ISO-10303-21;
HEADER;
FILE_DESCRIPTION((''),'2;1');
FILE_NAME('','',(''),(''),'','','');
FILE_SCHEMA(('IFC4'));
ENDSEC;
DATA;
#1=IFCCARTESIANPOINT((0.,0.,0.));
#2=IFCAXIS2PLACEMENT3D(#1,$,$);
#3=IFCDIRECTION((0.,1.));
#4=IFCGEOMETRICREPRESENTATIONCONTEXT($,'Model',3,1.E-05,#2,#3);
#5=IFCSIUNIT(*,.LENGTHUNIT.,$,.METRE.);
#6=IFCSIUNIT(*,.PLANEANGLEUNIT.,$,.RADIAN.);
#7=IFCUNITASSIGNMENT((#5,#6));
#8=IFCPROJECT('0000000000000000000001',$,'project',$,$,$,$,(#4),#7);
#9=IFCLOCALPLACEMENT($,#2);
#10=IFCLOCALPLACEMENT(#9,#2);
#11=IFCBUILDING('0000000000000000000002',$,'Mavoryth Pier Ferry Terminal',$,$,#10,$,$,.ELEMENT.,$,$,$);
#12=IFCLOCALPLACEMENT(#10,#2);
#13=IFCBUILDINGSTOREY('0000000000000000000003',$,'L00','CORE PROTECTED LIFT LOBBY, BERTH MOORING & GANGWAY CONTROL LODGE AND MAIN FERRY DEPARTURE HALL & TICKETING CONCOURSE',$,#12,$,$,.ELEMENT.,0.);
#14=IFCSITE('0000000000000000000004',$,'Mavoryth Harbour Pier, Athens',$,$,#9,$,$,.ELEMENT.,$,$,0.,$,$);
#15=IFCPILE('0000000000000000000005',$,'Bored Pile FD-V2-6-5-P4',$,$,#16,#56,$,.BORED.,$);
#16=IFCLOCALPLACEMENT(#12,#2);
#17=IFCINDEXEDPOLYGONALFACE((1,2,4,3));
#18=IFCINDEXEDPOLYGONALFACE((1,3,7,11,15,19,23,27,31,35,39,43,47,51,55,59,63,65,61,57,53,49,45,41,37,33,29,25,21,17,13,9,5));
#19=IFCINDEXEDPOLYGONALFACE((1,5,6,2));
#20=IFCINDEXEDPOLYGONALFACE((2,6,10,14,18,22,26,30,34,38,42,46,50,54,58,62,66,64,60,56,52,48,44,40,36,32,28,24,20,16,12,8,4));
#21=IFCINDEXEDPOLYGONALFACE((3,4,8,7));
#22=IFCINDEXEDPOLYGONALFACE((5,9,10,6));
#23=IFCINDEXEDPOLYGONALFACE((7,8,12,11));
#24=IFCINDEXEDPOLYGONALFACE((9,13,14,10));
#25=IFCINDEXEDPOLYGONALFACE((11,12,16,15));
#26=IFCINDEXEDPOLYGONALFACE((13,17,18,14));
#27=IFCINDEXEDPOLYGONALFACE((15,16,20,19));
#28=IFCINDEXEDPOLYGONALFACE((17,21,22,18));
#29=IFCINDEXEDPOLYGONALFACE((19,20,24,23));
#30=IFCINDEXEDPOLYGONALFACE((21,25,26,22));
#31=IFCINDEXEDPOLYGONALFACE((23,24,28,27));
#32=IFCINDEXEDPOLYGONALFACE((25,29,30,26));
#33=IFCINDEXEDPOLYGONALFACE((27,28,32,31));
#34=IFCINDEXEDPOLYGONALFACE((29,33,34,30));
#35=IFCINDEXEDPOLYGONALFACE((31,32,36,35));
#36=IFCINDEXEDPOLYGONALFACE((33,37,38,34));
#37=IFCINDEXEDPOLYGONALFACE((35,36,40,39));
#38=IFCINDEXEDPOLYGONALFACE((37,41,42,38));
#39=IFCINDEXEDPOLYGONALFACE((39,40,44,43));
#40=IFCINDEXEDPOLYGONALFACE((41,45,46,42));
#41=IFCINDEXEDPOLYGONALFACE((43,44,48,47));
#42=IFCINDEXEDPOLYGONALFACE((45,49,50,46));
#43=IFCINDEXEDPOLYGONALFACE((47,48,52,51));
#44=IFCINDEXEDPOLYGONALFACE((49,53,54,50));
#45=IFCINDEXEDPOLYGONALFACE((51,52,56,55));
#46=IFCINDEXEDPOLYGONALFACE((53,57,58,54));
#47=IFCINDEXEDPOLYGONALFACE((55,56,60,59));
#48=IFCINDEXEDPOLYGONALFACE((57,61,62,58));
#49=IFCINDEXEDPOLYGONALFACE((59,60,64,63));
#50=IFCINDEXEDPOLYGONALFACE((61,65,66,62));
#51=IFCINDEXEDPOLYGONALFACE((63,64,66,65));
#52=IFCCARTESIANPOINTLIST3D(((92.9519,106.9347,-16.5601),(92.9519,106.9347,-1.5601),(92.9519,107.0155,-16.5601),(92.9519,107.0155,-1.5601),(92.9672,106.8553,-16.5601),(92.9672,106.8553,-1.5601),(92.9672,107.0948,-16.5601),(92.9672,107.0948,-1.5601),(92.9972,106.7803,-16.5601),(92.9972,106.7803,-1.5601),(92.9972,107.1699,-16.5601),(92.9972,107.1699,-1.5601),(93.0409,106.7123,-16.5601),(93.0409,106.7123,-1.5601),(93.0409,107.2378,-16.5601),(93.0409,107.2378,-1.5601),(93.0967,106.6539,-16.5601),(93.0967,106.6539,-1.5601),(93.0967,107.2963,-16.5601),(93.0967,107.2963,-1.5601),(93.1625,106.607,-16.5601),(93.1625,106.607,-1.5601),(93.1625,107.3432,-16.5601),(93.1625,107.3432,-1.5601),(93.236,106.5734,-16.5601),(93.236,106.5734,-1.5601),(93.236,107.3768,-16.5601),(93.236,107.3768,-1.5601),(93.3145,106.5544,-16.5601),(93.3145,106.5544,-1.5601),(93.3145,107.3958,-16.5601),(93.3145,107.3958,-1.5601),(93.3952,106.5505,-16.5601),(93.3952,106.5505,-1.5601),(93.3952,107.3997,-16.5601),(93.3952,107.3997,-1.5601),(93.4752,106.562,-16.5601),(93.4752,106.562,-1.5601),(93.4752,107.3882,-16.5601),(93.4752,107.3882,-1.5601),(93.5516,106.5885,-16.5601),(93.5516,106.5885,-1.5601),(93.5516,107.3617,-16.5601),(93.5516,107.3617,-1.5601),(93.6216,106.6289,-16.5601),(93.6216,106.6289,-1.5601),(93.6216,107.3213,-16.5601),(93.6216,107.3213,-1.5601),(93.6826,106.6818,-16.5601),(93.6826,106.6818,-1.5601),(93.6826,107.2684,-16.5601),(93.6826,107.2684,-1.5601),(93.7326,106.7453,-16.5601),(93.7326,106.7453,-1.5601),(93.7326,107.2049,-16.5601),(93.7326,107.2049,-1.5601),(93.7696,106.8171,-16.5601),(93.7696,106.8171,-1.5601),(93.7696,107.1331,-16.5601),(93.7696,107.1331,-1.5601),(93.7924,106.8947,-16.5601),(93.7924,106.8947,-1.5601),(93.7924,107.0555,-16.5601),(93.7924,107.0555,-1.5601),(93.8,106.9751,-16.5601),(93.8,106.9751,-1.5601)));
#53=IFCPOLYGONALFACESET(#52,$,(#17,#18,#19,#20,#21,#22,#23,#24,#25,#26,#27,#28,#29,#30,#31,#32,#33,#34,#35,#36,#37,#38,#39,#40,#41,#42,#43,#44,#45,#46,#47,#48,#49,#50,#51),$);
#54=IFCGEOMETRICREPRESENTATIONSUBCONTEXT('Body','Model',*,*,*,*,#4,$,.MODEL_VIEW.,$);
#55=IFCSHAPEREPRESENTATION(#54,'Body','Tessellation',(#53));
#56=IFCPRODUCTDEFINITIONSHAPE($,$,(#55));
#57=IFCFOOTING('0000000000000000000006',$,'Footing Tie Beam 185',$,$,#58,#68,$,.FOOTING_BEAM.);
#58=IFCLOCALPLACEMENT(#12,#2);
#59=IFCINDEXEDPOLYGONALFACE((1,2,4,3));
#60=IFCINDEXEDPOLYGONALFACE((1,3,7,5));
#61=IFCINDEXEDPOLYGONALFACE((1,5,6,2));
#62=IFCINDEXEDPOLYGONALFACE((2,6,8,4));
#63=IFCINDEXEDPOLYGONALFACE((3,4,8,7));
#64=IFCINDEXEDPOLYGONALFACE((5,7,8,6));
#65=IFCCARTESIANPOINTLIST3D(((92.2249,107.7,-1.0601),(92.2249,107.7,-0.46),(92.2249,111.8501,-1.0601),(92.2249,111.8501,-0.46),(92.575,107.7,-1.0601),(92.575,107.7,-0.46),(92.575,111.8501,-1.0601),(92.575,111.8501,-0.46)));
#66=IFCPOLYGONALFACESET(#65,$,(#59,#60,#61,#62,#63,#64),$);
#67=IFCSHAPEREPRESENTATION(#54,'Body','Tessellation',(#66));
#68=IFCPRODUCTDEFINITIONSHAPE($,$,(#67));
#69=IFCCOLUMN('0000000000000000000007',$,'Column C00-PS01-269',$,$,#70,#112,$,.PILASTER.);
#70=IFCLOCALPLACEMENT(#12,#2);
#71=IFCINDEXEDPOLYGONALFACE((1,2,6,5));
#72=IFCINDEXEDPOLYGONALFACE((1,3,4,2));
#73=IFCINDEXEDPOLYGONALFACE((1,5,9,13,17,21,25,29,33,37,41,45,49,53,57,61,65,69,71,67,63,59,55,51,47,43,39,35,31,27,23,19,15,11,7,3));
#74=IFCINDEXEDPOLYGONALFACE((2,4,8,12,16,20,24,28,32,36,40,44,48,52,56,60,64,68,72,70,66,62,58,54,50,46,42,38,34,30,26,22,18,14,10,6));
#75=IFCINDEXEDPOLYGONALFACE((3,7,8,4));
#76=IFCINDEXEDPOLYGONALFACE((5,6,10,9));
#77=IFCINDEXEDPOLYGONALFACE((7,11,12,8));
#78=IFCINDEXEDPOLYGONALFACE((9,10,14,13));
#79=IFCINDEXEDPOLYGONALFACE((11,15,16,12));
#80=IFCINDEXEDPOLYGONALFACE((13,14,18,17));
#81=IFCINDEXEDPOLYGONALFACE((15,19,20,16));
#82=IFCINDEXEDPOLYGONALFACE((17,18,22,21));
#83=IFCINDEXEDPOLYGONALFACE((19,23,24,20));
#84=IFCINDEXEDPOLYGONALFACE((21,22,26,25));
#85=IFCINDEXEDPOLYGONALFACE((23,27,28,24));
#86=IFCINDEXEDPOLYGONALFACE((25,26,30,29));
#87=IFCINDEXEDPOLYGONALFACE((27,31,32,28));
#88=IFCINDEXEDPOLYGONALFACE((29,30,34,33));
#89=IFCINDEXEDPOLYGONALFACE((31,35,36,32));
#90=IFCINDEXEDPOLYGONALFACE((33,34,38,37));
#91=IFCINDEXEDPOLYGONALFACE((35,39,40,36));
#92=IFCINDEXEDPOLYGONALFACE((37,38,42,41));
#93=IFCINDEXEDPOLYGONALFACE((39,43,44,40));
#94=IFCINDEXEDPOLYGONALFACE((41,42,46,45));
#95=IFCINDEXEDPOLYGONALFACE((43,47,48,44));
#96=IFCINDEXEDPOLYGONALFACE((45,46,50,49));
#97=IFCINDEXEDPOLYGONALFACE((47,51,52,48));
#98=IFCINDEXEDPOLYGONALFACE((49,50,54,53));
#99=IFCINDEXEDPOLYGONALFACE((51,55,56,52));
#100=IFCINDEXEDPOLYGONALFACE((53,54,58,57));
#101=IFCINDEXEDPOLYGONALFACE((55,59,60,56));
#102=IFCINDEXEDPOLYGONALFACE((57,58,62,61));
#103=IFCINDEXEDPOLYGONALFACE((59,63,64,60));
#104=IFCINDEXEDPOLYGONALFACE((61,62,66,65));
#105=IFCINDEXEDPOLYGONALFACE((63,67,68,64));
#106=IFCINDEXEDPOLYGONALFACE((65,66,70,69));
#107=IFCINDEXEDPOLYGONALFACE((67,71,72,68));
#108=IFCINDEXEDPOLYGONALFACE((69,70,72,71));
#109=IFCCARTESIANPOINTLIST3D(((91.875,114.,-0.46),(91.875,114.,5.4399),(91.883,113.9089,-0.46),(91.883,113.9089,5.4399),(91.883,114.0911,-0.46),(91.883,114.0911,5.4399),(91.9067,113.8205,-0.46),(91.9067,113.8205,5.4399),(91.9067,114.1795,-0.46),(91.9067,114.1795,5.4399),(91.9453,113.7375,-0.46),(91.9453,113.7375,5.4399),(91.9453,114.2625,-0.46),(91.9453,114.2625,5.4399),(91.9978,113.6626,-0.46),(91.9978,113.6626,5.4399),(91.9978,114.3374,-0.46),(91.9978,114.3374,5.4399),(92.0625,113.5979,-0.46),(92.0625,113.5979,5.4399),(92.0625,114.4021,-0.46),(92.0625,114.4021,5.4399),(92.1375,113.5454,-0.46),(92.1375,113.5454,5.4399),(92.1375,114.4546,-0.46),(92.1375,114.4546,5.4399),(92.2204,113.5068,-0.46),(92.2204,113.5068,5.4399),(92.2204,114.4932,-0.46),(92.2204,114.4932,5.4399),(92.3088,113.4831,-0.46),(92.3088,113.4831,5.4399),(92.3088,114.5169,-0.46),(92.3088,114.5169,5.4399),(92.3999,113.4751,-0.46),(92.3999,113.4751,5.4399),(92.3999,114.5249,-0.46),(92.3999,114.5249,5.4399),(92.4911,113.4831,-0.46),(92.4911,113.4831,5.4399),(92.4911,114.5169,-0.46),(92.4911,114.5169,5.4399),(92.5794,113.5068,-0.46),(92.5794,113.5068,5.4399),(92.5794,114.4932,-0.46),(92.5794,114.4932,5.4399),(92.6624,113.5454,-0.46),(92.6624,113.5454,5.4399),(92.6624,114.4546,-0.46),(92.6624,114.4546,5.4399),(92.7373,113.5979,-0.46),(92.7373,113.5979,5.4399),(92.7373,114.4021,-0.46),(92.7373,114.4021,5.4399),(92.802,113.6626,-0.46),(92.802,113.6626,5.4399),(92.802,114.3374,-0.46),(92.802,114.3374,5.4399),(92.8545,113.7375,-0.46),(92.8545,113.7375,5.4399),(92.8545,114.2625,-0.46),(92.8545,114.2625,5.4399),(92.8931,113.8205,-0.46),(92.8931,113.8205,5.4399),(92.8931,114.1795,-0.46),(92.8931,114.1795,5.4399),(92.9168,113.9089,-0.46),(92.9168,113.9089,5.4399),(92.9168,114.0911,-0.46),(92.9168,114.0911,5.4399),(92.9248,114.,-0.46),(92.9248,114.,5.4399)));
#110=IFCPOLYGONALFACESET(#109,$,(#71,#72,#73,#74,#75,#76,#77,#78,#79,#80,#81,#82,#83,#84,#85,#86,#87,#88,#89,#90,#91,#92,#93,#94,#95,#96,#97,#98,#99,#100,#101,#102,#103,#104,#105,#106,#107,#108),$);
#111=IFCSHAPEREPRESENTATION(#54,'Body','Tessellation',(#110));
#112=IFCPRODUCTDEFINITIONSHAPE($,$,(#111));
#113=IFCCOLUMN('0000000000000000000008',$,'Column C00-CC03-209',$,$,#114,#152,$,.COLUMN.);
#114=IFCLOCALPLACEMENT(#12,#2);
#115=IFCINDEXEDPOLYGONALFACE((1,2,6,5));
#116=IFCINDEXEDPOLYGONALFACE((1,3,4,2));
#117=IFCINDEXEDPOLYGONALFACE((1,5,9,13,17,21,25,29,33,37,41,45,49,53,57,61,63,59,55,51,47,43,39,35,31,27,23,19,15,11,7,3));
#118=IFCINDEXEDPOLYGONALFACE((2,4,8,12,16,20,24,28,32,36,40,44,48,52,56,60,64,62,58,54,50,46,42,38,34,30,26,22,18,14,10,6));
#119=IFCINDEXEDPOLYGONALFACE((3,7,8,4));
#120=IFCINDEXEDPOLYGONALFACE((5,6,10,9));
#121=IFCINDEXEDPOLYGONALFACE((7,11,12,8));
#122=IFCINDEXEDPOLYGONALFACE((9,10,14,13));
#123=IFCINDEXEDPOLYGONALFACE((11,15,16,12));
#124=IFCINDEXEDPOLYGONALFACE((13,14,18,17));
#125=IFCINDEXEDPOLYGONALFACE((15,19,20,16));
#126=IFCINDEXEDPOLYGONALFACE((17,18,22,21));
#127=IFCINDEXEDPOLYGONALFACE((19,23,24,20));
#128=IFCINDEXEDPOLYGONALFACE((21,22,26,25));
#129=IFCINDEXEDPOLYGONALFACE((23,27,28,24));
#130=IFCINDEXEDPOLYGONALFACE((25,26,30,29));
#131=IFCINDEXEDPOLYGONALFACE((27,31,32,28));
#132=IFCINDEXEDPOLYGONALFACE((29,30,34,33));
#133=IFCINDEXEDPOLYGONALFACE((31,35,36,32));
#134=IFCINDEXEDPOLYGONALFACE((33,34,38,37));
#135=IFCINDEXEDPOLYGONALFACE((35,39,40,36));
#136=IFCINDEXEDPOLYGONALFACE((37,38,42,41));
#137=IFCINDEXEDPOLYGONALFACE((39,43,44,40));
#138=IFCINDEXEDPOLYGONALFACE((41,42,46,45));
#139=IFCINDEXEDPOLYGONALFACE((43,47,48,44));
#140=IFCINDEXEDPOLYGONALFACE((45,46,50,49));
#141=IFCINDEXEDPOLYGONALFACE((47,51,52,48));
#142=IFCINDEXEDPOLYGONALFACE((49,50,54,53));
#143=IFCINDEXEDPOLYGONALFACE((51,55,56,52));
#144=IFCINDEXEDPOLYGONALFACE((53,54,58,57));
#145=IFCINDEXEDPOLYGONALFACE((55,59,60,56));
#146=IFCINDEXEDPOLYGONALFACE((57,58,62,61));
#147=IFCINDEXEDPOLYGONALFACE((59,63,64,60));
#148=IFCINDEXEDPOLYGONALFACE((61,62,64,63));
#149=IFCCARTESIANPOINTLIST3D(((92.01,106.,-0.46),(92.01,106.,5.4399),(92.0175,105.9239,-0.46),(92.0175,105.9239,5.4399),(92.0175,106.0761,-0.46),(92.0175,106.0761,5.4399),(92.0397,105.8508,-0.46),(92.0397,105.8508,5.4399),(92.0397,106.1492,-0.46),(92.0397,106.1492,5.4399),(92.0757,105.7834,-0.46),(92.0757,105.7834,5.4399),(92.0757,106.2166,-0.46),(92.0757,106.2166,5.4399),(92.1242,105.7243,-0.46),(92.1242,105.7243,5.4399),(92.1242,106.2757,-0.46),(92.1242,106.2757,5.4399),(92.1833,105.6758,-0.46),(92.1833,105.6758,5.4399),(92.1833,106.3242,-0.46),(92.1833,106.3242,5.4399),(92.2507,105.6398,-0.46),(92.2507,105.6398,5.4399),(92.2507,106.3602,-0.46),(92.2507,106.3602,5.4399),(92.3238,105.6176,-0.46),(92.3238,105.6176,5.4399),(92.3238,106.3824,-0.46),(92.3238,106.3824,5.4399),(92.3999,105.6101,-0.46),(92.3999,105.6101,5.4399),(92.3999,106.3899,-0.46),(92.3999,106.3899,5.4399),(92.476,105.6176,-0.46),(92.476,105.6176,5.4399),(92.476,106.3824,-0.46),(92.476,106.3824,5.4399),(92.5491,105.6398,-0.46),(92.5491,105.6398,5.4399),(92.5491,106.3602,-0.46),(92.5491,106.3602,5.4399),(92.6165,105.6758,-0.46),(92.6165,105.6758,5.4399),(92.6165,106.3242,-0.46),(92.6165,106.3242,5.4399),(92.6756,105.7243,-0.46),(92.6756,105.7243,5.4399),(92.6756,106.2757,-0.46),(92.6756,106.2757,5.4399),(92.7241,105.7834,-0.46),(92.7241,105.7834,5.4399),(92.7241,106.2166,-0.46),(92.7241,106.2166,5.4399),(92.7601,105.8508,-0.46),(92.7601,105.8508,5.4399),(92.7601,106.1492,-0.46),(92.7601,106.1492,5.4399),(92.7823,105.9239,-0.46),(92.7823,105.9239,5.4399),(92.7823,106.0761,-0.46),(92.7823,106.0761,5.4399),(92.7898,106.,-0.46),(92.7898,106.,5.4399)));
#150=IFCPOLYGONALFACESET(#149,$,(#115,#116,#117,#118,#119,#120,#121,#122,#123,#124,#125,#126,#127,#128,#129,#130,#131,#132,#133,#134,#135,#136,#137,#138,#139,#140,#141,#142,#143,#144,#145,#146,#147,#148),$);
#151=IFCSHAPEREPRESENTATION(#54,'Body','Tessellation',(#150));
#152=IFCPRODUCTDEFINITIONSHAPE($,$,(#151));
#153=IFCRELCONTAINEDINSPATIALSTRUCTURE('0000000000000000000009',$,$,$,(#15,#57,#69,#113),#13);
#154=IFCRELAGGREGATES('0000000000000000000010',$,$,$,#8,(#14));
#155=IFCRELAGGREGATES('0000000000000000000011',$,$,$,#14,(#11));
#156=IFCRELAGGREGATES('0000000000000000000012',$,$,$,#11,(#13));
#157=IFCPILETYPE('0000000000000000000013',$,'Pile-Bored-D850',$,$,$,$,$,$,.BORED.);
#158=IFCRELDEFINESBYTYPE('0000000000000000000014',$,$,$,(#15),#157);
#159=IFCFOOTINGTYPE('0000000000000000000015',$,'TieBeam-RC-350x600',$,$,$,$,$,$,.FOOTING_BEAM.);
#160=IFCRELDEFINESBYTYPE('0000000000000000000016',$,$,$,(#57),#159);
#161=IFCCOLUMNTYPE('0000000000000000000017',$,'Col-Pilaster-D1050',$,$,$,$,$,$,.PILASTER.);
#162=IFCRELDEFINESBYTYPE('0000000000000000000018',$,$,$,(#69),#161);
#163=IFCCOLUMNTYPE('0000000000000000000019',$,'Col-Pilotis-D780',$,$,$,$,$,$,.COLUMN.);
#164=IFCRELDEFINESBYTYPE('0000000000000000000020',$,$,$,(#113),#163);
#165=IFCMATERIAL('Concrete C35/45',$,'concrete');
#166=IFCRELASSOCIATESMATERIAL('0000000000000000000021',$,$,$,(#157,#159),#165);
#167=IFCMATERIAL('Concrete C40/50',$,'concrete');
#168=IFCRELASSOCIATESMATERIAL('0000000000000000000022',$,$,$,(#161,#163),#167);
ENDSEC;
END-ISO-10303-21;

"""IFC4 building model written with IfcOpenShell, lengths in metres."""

from ifc_helpers import new_model, si_unit, direction, frame, origin, origin_2d, place, context, subcontext, project, spatial, rectangle, circle, extrude, material, material_profile, profile_set, type_object, element, save


model = new_model("IFC4")

# Units and contexts
model_context = context("Model", 3, precision=1e-05, world=origin(), true_north=direction((0.0, 1.0)))
body_context = subcontext(model_context, "Body", "Model", "MODEL_VIEW")
ifc_project = project(units=[si_unit("LENGTHUNIT", "METRE"), si_unit("PLANEANGLEUNIT", "RADIAN")], contexts=[model_context])

# Site, building, storey
site_placement = place(None, origin())
site = spatial("IfcSite", under=ifc_project, at=site_placement, Name="Mavoryth Harbour Pier, Athens", CompositionType="ELEMENT", RefElevation=0.0)
building_placement = place(site_placement, origin())
building = spatial("IfcBuilding", under=site, at=building_placement, Name="Mavoryth Pier Ferry Terminal", CompositionType="ELEMENT")
storey_placement = place(building_placement, origin())
storey = spatial("IfcBuildingStorey", under=building, at=storey_placement, Name="L00", Description="CORE PROTECTED LIFT LOBBY, BERTH MOORING & GANGWAY CONTROL LODGE AND MAIN FERRY DEPARTURE HALL & TICKETING CONCOURSE", CompositionType="ELEMENT", Elevation=0.0)

# Shared definitions
ifc_material_1 = material(Name="Concrete C35/45", Category="concrete")

# Pile
ifc_material_profile_1 = material_profile(ifc_material_1, circle(Radius=0.425, at=origin_2d()), Name="PILE D850", Category="concrete")
ifc_profile_set_1 = profile_set([ifc_material_profile_1], Name="Concrete C35/45 - PILE D850")
pile_type_1 = type_object("IfcPileType", Name="Pile-Bored-D850", PredefinedType="BORED", material=ifc_profile_set_1)
for number, where, z_axis, x_axis, name in (
    (1, (93.375, 106.9751, -1.5601), (0.0, 0.0, -1.0), (1.0, 0.0, 0.0), "Bored Pile FD-V2-6-5-P4"),
):
    element("IfcPile", number, at=place(storey_placement, frame(where, z_axis=z_axis, x_axis=x_axis)), inside=storey, type_object=pile_type_1, Name=name, PredefinedType="BORED", context=body_context, shape_type="SweptSolid", body=[
        extrude(circle(Radius=0.425, at=origin_2d()), origin(), (0.0, 0.0, 1.0), 15.0),
    ])

# Footing
ifc_material_profile_2 = material_profile(ifc_material_1, rectangle(XDim=0.3501, YDim=0.6001, at=origin_2d()), Name="RC 350x600", Category="concrete")
ifc_profile_set_2 = profile_set([ifc_material_profile_2], Name="Concrete C35/45 - RC 350x600")
footing_type_1 = type_object("IfcFootingType", Name="TieBeam-RC-350x600", PredefinedType="FOOTING_BEAM", material=ifc_profile_set_2)
footing_1_placement = place(storey_placement, frame((92.3999, 107.7, -0.76), z_axis=(0.0, 1.0, 0.0), x_axis=(-1.0, 0.0, 0.0)))
element("IfcFooting", 2, at=footing_1_placement, inside=storey, type_object=footing_type_1, Name="Footing Tie Beam 185", PredefinedType="FOOTING_BEAM", context=body_context, shape_type="SweptSolid", body=[
    extrude(rectangle(XDim=0.3501, YDim=0.6001, at=origin_2d()), origin(), (0.0, 0.0, 1.0), 4.1501),
])

# Columns
ifc_material_2 = material(Name="Concrete C40/50", Category="concrete")
ifc_material_profile_3 = material_profile(ifc_material_2, circle(Radius=0.5249, at=origin_2d()), Name="RC D1050", Category="concrete")
ifc_profile_set_3 = profile_set([ifc_material_profile_3], Name="Concrete C40/50 - RC D1050")
column_type_1 = type_object("IfcColumnType", Name="Col-Pilaster-D1050", PredefinedType="PILASTER", material=ifc_profile_set_3)
column_1_placement = place(storey_placement, frame((92.3999, 114.0, -0.46), z_axis=(0.0, 0.0, 1.0), x_axis=(1.0, 0.0, 0.0)))
element("IfcColumn", 3, at=column_1_placement, inside=storey, type_object=column_type_1, Name="Column C00-PS01-269", PredefinedType="PILASTER", context=body_context, shape_type="SweptSolid", body=[
    extrude(circle(Radius=0.5249, at=origin_2d()), origin(), (0.0, 0.0, 1.0), 5.8999),
])
ifc_material_profile_4 = material_profile(ifc_material_2, circle(Radius=0.3899, at=origin_2d()), Name="RC D780", Category="concrete")
ifc_profile_set_4 = profile_set([ifc_material_profile_4], Name="Concrete C40/50 - RC D780")
column_type_2 = type_object("IfcColumnType", Name="Col-Pilotis-D780", PredefinedType="COLUMN", material=ifc_profile_set_4)
column_2_placement = place(storey_placement, frame((92.3999, 106.0, -0.46), z_axis=(0.0, 0.0, 1.0), x_axis=(1.0, 0.0, 0.0)))
element("IfcColumn", 4, at=column_2_placement, inside=storey, type_object=column_type_2, Name="Column C00-CC03-209", PredefinedType="COLUMN", context=body_context, shape_type="SweptSolid", body=[
    extrude(circle(Radius=0.3899, at=origin_2d()), origin(), (0.0, 0.0, 1.0), 5.8999),
])

save(model, "model.ifc")
